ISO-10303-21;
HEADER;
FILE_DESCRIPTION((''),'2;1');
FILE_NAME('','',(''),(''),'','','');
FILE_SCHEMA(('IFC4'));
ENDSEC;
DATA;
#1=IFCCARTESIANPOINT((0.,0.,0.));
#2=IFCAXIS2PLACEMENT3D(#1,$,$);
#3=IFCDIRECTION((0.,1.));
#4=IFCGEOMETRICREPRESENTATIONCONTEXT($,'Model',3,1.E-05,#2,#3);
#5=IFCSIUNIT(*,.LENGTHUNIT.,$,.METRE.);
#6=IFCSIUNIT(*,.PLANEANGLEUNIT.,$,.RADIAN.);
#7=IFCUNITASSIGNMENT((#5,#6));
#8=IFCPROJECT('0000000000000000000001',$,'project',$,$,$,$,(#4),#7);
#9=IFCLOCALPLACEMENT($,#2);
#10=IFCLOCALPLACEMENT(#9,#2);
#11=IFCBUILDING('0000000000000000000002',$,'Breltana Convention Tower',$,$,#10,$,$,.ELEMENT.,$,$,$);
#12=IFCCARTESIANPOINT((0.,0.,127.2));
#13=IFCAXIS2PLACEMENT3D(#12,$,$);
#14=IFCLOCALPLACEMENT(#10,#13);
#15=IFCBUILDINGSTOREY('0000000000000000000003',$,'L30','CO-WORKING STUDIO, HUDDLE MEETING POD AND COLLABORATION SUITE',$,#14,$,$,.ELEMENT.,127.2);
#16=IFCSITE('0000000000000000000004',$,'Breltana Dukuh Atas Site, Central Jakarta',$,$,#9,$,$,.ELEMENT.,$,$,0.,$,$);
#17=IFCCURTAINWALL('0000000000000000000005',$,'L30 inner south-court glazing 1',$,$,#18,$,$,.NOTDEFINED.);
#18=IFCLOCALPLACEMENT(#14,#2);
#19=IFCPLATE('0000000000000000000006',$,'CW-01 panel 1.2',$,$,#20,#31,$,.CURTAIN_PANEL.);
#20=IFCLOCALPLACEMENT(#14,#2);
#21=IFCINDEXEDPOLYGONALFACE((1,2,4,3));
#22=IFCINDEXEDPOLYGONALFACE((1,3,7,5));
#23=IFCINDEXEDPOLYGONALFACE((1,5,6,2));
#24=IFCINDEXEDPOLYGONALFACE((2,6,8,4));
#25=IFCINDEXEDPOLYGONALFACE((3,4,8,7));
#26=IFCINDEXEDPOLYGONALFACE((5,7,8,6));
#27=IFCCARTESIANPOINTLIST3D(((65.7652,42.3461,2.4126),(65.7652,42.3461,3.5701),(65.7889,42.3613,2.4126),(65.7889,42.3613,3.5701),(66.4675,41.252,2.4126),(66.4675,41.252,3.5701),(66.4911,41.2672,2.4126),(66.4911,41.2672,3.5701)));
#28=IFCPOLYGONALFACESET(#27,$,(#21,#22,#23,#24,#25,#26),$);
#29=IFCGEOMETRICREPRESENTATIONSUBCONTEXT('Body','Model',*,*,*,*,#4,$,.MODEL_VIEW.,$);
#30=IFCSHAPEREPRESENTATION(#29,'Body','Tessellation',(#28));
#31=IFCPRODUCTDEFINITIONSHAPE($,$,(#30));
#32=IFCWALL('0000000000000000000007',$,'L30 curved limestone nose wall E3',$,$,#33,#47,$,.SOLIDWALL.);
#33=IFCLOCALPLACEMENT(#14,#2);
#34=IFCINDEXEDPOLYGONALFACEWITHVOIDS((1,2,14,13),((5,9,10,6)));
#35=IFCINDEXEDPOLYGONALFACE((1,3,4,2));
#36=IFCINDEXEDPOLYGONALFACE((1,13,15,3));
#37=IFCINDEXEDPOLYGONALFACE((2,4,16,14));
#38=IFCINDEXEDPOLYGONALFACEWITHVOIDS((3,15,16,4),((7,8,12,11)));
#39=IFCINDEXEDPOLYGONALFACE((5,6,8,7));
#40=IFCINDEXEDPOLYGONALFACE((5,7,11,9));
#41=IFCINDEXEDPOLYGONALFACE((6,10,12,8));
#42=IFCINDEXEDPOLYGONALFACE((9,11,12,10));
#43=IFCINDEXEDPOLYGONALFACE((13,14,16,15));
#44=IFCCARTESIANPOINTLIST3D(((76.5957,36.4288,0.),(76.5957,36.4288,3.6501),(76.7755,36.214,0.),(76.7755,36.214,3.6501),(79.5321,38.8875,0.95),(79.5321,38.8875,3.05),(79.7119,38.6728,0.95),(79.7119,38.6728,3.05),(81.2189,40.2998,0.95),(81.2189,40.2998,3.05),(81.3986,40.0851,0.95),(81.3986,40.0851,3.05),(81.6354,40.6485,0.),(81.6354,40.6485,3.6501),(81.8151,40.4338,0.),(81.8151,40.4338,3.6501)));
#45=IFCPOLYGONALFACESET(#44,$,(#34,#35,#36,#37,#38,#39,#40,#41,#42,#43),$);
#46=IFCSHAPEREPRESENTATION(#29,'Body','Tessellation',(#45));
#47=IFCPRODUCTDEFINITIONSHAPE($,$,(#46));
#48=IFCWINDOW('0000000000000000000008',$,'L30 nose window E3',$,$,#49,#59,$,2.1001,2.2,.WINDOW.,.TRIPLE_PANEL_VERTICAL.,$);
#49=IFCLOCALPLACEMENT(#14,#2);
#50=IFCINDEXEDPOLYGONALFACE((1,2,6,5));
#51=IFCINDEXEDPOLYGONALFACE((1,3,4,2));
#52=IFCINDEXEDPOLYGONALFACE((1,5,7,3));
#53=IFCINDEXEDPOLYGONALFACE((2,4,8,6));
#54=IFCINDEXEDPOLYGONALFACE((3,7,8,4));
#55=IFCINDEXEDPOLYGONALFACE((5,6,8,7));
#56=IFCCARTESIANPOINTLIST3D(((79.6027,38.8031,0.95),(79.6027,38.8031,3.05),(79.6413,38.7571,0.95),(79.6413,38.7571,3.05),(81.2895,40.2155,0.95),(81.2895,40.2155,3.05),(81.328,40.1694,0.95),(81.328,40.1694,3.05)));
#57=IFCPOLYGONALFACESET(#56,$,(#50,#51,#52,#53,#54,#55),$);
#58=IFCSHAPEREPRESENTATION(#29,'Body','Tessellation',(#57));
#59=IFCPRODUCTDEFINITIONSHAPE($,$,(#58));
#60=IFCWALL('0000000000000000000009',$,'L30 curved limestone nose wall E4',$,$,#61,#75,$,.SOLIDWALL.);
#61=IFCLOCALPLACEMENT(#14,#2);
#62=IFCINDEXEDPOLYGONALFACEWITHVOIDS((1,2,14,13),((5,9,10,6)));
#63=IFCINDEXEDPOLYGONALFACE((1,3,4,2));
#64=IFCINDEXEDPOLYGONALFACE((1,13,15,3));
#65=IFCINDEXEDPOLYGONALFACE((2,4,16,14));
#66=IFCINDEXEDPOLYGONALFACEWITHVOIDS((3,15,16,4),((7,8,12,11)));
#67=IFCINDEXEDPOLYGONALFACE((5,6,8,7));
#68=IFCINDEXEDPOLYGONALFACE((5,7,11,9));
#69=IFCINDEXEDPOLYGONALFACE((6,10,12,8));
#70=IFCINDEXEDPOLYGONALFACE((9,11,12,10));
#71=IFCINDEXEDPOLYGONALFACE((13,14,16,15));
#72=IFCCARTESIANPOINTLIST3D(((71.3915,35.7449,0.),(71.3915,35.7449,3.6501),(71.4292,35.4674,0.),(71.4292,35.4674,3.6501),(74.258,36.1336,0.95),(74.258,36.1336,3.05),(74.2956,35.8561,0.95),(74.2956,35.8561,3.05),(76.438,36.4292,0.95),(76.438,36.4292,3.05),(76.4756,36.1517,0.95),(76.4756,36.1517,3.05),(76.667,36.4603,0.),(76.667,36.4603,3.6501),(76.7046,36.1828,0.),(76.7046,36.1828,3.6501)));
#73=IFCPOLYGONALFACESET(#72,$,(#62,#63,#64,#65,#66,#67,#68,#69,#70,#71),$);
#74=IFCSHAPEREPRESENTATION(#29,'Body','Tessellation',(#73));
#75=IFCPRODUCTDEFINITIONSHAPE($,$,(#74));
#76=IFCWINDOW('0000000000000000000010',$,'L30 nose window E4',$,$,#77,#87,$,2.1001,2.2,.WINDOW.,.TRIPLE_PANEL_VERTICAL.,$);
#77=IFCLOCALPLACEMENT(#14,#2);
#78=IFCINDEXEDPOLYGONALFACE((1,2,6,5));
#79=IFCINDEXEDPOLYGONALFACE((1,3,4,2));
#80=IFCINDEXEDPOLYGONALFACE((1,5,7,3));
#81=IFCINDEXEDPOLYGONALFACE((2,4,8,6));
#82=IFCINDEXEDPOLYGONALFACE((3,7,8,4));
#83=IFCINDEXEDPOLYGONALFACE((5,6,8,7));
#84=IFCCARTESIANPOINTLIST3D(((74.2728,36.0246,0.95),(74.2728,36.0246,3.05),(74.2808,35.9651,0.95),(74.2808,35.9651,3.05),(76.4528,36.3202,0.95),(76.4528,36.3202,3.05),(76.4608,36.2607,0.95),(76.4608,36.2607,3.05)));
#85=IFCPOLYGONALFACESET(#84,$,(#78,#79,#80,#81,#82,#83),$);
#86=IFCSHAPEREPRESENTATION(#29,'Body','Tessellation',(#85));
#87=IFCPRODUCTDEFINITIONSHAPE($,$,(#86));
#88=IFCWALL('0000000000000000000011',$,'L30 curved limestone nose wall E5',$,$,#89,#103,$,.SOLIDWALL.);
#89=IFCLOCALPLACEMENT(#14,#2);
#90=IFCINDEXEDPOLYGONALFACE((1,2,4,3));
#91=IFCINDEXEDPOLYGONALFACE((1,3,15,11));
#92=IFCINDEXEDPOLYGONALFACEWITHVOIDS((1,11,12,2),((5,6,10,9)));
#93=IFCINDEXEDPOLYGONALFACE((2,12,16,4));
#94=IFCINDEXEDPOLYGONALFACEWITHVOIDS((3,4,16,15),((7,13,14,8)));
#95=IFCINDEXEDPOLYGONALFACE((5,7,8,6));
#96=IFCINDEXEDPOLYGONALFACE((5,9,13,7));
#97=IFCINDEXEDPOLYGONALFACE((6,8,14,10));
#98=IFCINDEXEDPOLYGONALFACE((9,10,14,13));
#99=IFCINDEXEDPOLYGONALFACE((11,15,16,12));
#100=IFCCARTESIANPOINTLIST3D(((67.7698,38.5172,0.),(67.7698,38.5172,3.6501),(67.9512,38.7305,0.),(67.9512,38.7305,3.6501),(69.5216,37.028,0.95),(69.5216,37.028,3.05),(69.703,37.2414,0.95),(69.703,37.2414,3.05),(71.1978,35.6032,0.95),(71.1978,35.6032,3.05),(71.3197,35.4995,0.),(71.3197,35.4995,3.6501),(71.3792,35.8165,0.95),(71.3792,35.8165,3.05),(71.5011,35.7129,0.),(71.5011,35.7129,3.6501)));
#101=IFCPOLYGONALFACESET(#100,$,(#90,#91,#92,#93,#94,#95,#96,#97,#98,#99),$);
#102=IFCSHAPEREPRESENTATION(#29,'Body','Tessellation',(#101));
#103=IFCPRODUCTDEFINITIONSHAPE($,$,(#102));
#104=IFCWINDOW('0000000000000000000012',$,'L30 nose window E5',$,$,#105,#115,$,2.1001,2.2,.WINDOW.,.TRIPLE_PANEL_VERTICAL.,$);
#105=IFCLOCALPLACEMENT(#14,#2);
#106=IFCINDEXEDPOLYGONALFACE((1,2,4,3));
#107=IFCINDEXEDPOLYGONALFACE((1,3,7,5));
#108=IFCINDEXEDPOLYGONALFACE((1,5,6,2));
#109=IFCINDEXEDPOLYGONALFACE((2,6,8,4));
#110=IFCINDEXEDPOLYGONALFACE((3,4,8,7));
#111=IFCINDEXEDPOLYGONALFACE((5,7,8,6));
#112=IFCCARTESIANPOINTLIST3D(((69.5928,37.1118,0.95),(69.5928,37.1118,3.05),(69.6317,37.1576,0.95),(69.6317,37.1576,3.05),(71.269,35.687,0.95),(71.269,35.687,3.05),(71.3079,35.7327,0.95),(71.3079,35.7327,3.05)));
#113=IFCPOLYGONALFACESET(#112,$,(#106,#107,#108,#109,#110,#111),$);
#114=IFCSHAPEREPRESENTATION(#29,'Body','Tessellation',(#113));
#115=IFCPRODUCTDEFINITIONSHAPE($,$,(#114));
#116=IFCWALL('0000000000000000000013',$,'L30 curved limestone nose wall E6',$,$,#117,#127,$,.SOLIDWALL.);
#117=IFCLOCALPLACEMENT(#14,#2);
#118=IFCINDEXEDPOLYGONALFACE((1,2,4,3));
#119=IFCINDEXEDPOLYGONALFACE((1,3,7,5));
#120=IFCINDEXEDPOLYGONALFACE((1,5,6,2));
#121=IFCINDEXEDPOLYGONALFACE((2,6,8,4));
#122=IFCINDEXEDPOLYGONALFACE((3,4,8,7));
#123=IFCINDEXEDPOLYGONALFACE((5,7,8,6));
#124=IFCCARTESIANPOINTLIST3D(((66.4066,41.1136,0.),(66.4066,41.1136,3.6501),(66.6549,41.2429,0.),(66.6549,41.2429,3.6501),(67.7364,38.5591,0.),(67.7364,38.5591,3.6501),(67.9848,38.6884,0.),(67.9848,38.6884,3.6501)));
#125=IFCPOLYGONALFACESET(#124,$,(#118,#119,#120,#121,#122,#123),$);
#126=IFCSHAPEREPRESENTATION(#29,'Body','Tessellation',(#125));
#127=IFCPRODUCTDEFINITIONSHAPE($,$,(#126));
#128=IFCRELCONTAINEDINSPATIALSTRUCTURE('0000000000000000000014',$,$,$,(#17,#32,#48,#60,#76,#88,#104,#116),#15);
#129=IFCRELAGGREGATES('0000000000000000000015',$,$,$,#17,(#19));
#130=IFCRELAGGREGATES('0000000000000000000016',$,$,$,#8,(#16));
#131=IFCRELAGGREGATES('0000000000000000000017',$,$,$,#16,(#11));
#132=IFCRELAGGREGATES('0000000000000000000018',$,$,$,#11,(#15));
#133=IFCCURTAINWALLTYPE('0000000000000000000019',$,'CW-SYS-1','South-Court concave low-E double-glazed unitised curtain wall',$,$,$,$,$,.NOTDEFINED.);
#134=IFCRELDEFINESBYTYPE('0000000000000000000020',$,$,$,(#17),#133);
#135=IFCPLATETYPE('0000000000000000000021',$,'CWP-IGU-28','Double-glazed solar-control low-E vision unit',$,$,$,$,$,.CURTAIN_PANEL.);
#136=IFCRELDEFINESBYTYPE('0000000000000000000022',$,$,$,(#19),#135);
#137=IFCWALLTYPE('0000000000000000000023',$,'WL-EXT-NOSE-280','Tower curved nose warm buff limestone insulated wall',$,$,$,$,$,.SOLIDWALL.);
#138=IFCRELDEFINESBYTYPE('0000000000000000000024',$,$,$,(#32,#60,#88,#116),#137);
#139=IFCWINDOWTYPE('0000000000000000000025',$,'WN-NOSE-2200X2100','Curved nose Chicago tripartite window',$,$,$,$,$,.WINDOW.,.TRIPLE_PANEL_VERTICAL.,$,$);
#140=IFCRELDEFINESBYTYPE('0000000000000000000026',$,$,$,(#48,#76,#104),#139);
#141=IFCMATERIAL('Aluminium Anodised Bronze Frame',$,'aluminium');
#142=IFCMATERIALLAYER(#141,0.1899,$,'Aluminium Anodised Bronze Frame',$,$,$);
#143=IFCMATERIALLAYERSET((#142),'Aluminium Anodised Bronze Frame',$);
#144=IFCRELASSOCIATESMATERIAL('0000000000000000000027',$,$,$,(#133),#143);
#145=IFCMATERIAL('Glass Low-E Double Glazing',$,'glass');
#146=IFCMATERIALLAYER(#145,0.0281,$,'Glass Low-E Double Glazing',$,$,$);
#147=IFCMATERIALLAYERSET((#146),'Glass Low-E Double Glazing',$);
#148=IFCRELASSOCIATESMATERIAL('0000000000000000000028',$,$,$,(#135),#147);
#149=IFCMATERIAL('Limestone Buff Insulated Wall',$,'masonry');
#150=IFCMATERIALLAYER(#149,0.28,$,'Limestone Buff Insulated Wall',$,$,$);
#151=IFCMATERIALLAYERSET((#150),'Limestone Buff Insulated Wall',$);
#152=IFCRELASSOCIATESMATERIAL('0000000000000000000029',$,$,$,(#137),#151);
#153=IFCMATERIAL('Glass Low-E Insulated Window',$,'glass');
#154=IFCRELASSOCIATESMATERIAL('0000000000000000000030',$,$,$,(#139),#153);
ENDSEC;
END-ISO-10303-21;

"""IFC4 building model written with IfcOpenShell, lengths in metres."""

from ifc_helpers import new_model, si_unit, direction, frame, frame_2d, origin, origin_2d, place, context, subcontext, project, spatial, rectangle, extrude, source, transform, mapped, material, layer, layer_set, type_object, type_shapes, element, fill, aggregate, save


model = new_model("IFC4")

# Units and contexts
model_context = context("Model", 3, precision=1e-05, world=origin(), true_north=direction((0.0, 1.0)))
body_context = subcontext(model_context, "Body", "Model", "MODEL_VIEW")
ifc_project = project(units=[si_unit("LENGTHUNIT", "METRE"), si_unit("PLANEANGLEUNIT", "RADIAN")], contexts=[model_context])

# Site, building, storey
site_placement = place(None, origin())
site = spatial("IfcSite", under=ifc_project, at=site_placement, Name="Breltana Dukuh Atas Site, Central Jakarta", CompositionType="ELEMENT", RefElevation=0.0)
building_placement = place(site_placement, origin())
building = spatial("IfcBuilding", under=site, at=building_placement, Name="Breltana Convention Tower", CompositionType="ELEMENT")
storey_placement = place(building_placement, frame((0.0, 0.0, 127.2)))
storey = spatial("IfcBuildingStorey", under=building, at=storey_placement, Name="L30", Description="CO-WORKING STUDIO, HUDDLE MEETING POD AND COLLABORATION SUITE", CompositionType="ELEMENT", Elevation=127.2)

# Curtain wall, plate
ifc_material_1 = material(Name="Aluminium Anodised Bronze Frame", Category="aluminium")
ifc_layer_1 = layer(ifc_material_1, 0.1899, Name="Aluminium Anodised Bronze Frame")
ifc_layer_set_1 = layer_set([ifc_layer_1], Name="Aluminium Anodised Bronze Frame")
curtain_wall_type = type_object("IfcCurtainWallType", Name="CW-SYS-1", Description="South-Court concave low-E double-glazed unitised curtain wall", PredefinedType="NOTDEFINED", material=ifc_layer_set_1)
curtain_wall_placement = place(storey_placement, origin())
curtain_wall = element("IfcCurtainWall", 1, at=curtain_wall_placement, inside=storey, type_object=curtain_wall_type, Name="L30 inner south-court glazing 1", PredefinedType="NOTDEFINED")
ifc_material_2 = material(Name="Glass Low-E Double Glazing", Category="glass")
ifc_layer_2 = layer(ifc_material_2, 0.0281, Name="Glass Low-E Double Glazing")
ifc_layer_set_2 = layer_set([ifc_layer_2], Name="Glass Low-E Double Glazing")
plate_type = type_object("IfcPlateType", Name="CWP-IGU-28", Description="Double-glazed solar-control low-E vision unit", PredefinedType="CURTAIN_PANEL", material=ifc_layer_set_2)
shared_shape_1 = source(origin(), body_context, "Body", "SweptSolid", [
    extrude(rectangle(XDim=1.3, YDim=0.0281, at=origin_2d()), origin(), (0.0, 0.0, 1.0), 1.1575),
])
plate_1_placement = place(storey_placement, frame((66.1282, 41.8066, 2.4126), z_axis=(0.0, 0.0, 1.0), x_axis=(-0.540177, 0.841551, 0.0)))
plate_1 = element("IfcPlate", 2, at=plate_1_placement, type_object=plate_type, Name="CW-01 panel 1.2", PredefinedType="CURTAIN_PANEL", context=body_context, shape_type="MappedRepresentation", body=[
    mapped(shared_shape_1, transform((0.0, 0.0, 0.0), scale=1.0)),
])
aggregate(curtain_wall, [plate_1])

# Walls, openings, windows
ifc_material_3 = material(Name="Limestone Buff Insulated Wall", Category="masonry")
ifc_layer_3 = layer(ifc_material_3, 0.28, Name="Limestone Buff Insulated Wall")
ifc_layer_set_3 = layer_set([ifc_layer_3], Name="Limestone Buff Insulated Wall")
wall_type_1 = type_object("IfcWallType", Name="WL-EXT-NOSE-280", Description="Tower curved nose warm buff limestone insulated wall", PredefinedType="SOLIDWALL", material=ifc_layer_set_3)
shared_shape_2 = source(origin(), body_context, "Body", "SweptSolid", [
    extrude(rectangle(XDim=6.573, YDim=0.28, at=frame_2d((3.2866, 0.0))), origin(), (0.0, 0.0, 1.0), 3.6501),
])
wall_1_placement = place(storey_placement, frame((81.7253, 40.5413, 0.0), z_axis=(0.0, 0.0, 1.0), x_axis=(-0.766715, -0.641987, 0.0)))
wall_1 = element("IfcWall", 3, at=wall_1_placement, inside=storey, type_object=wall_type_1, Name="L30 curved limestone nose wall E3", PredefinedType="SOLIDWALL", context=body_context, shape_type="MappedRepresentation", body=[
    mapped(shared_shape_2, transform((0.0, 0.0, 0.0), scale=1.0)),
])
opening_1_placement = place(wall_1_placement, frame((0.5432, 0.0, 0.95)))
opening_1 = element("IfcOpeningElement", 4, at=opening_1_placement, cuts=wall_1, PredefinedType="OPENING", context=body_context, shape_type="SweptSolid", body=[
    extrude(rectangle(XDim=2.2, YDim=2.1001, at=frame_2d((1.1001, 1.05))), frame((0.0, 0.1499, 0.0), z_axis=(0.0, -1.0, 0.0), x_axis=(1.0, 0.0, 0.0)), (0.0, 0.0, 1.0), 0.3),
])
ifc_material_4 = material(Name="Glass Low-E Insulated Window", Category="glass")
window_type = type_object("IfcWindowType", Name="WN-NOSE-2200X2100", Description="Curved nose Chicago tripartite window", PartitioningType="TRIPLE_PANEL_VERTICAL", PredefinedType="WINDOW", material=ifc_material_4)
shared_shape_3 = source(origin(), body_context, "Body", "SweptSolid", [
    extrude(rectangle(XDim=2.2, YDim=2.1001, at=frame_2d((1.1001, 1.05))), frame((0.0, 0.03, 0.0), z_axis=(0.0, -1.0, 0.0), x_axis=(1.0, 0.0, 0.0)), (0.0, 0.0, 1.0), 0.0601),
])
type_shapes(window_type, [shared_shape_3])
window_1_placement = place(opening_1_placement, origin())
window_1 = element("IfcWindow", 5, at=window_1_placement, inside=storey, type_object=window_type, Name="L30 nose window E3", OverallHeight=2.1001, OverallWidth=2.2, PartitioningType="TRIPLE_PANEL_VERTICAL", PredefinedType="WINDOW", context=body_context, shape_type="MappedRepresentation", body=[
    mapped(shared_shape_3, transform((0.0, 0.0, 0.0), scale=1.0)),
])
fill(opening_1, window_1)
shared_shape_4 = source(origin(), body_context, "Body", "SweptSolid", [
    extrude(rectangle(XDim=5.3237, YDim=0.28, at=frame_2d((2.6619, 0.0))), origin(), (0.0, 0.0, 1.0), 3.6501),
])
wall_2_placement = place(storey_placement, frame((76.6858, 36.3215, 0.0), z_axis=(0.0, 0.0, 1.0), x_axis=(-0.990931, -0.134368, 0.0)))
wall_2 = element("IfcWall", 6, at=wall_2_placement, inside=storey, type_object=wall_type_1, Name="L30 curved limestone nose wall E4", PredefinedType="SOLIDWALL", context=body_context, shape_type="MappedRepresentation", body=[
    mapped(shared_shape_4, transform((0.0, 0.0, 0.0), scale=1.0)),
])
opening_2_placement = place(wall_2_placement, frame((0.231, 0.0, 0.95)))
opening_2 = element("IfcOpeningElement", 7, at=opening_2_placement, cuts=wall_2, PredefinedType="OPENING", context=body_context, shape_type="SweptSolid", body=[
    extrude(rectangle(XDim=2.2, YDim=2.1001, at=frame_2d((1.1001, 1.05))), frame((0.0, 0.1499, 0.0), z_axis=(0.0, -1.0, 0.0), x_axis=(1.0, 0.0, 0.0)), (0.0, 0.0, 1.0), 0.3),
])
window_2_placement = place(opening_2_placement, origin())
window_2 = element("IfcWindow", 8, at=window_2_placement, inside=storey, type_object=window_type, Name="L30 nose window E4", OverallHeight=2.1001, OverallWidth=2.2, PartitioningType="TRIPLE_PANEL_VERTICAL", PredefinedType="WINDOW", context=body_context, shape_type="MappedRepresentation", body=[
    mapped(shared_shape_3, transform((0.0, 0.0, 0.0), scale=1.0)),
])
fill(opening_2, window_2)
shared_shape_5 = source(origin(), body_context, "Body", "SweptSolid", [
    extrude(rectangle(XDim=4.6592, YDim=0.28, at=frame_2d((2.3296, 0.0))), origin(), (0.0, 0.0, 1.0), 3.6501),
])
wall_3_placement = place(storey_placement, frame((71.4104, 35.6062, 0.0), z_axis=(0.0, 0.0, 1.0), x_axis=(-0.761913, 0.647679, 0.0)))
wall_3 = element("IfcWall", 9, at=wall_3_placement, inside=storey, type_object=wall_type_1, Name="L30 curved limestone nose wall E5", PredefinedType="SOLIDWALL", context=body_context, shape_type="MappedRepresentation", body=[
    mapped(shared_shape_5, transform((0.0, 0.0, 0.0), scale=1.0)),
])
opening_3_placement = place(wall_3_placement, frame((0.1599, 0.0, 0.95)))
opening_3 = element("IfcOpeningElement", 10, at=opening_3_placement, cuts=wall_3, PredefinedType="OPENING", context=body_context, shape_type="SweptSolid", body=[
    extrude(rectangle(XDim=2.2, YDim=2.1001, at=frame_2d((1.1001, 1.05))), frame((0.0, 0.1499, 0.0), z_axis=(0.0, -1.0, 0.0), x_axis=(1.0, 0.0, 0.0)), (0.0, 0.0, 1.0), 0.3),
])
window_3_placement = place(opening_3_placement, origin())
window_3 = element("IfcWindow", 11, at=window_3_placement, inside=storey, type_object=window_type, Name="L30 nose window E5", OverallHeight=2.1001, OverallWidth=2.2, PartitioningType="TRIPLE_PANEL_VERTICAL", PredefinedType="WINDOW", context=body_context, shape_type="MappedRepresentation", body=[
    mapped(shared_shape_3, transform((0.0, 0.0, 0.0), scale=1.0)),
])
fill(opening_3, window_3)

# Wall
shared_shape_6 = source(origin(), body_context, "Body", "SweptSolid", [
    extrude(rectangle(XDim=2.8799, YDim=0.28, at=frame_2d((1.4399, 0.0))), origin(), (0.0, 0.0, 1.0), 3.6501),
])
wall_4_placement = place(storey_placement, frame((67.8606, 38.6238, 0.0), z_axis=(0.0, 0.0, 1.0), x_axis=(-0.461769, 0.887, 0.0)))
element("IfcWall", 12, at=wall_4_placement, inside=storey, type_object=wall_type_1, Name="L30 curved limestone nose wall E6", PredefinedType="SOLIDWALL", context=body_context, shape_type="MappedRepresentation", body=[
    mapped(shared_shape_6, transform((0.0, 0.0, 0.0), scale=1.0)),
])

save(model, "model.ifc")
